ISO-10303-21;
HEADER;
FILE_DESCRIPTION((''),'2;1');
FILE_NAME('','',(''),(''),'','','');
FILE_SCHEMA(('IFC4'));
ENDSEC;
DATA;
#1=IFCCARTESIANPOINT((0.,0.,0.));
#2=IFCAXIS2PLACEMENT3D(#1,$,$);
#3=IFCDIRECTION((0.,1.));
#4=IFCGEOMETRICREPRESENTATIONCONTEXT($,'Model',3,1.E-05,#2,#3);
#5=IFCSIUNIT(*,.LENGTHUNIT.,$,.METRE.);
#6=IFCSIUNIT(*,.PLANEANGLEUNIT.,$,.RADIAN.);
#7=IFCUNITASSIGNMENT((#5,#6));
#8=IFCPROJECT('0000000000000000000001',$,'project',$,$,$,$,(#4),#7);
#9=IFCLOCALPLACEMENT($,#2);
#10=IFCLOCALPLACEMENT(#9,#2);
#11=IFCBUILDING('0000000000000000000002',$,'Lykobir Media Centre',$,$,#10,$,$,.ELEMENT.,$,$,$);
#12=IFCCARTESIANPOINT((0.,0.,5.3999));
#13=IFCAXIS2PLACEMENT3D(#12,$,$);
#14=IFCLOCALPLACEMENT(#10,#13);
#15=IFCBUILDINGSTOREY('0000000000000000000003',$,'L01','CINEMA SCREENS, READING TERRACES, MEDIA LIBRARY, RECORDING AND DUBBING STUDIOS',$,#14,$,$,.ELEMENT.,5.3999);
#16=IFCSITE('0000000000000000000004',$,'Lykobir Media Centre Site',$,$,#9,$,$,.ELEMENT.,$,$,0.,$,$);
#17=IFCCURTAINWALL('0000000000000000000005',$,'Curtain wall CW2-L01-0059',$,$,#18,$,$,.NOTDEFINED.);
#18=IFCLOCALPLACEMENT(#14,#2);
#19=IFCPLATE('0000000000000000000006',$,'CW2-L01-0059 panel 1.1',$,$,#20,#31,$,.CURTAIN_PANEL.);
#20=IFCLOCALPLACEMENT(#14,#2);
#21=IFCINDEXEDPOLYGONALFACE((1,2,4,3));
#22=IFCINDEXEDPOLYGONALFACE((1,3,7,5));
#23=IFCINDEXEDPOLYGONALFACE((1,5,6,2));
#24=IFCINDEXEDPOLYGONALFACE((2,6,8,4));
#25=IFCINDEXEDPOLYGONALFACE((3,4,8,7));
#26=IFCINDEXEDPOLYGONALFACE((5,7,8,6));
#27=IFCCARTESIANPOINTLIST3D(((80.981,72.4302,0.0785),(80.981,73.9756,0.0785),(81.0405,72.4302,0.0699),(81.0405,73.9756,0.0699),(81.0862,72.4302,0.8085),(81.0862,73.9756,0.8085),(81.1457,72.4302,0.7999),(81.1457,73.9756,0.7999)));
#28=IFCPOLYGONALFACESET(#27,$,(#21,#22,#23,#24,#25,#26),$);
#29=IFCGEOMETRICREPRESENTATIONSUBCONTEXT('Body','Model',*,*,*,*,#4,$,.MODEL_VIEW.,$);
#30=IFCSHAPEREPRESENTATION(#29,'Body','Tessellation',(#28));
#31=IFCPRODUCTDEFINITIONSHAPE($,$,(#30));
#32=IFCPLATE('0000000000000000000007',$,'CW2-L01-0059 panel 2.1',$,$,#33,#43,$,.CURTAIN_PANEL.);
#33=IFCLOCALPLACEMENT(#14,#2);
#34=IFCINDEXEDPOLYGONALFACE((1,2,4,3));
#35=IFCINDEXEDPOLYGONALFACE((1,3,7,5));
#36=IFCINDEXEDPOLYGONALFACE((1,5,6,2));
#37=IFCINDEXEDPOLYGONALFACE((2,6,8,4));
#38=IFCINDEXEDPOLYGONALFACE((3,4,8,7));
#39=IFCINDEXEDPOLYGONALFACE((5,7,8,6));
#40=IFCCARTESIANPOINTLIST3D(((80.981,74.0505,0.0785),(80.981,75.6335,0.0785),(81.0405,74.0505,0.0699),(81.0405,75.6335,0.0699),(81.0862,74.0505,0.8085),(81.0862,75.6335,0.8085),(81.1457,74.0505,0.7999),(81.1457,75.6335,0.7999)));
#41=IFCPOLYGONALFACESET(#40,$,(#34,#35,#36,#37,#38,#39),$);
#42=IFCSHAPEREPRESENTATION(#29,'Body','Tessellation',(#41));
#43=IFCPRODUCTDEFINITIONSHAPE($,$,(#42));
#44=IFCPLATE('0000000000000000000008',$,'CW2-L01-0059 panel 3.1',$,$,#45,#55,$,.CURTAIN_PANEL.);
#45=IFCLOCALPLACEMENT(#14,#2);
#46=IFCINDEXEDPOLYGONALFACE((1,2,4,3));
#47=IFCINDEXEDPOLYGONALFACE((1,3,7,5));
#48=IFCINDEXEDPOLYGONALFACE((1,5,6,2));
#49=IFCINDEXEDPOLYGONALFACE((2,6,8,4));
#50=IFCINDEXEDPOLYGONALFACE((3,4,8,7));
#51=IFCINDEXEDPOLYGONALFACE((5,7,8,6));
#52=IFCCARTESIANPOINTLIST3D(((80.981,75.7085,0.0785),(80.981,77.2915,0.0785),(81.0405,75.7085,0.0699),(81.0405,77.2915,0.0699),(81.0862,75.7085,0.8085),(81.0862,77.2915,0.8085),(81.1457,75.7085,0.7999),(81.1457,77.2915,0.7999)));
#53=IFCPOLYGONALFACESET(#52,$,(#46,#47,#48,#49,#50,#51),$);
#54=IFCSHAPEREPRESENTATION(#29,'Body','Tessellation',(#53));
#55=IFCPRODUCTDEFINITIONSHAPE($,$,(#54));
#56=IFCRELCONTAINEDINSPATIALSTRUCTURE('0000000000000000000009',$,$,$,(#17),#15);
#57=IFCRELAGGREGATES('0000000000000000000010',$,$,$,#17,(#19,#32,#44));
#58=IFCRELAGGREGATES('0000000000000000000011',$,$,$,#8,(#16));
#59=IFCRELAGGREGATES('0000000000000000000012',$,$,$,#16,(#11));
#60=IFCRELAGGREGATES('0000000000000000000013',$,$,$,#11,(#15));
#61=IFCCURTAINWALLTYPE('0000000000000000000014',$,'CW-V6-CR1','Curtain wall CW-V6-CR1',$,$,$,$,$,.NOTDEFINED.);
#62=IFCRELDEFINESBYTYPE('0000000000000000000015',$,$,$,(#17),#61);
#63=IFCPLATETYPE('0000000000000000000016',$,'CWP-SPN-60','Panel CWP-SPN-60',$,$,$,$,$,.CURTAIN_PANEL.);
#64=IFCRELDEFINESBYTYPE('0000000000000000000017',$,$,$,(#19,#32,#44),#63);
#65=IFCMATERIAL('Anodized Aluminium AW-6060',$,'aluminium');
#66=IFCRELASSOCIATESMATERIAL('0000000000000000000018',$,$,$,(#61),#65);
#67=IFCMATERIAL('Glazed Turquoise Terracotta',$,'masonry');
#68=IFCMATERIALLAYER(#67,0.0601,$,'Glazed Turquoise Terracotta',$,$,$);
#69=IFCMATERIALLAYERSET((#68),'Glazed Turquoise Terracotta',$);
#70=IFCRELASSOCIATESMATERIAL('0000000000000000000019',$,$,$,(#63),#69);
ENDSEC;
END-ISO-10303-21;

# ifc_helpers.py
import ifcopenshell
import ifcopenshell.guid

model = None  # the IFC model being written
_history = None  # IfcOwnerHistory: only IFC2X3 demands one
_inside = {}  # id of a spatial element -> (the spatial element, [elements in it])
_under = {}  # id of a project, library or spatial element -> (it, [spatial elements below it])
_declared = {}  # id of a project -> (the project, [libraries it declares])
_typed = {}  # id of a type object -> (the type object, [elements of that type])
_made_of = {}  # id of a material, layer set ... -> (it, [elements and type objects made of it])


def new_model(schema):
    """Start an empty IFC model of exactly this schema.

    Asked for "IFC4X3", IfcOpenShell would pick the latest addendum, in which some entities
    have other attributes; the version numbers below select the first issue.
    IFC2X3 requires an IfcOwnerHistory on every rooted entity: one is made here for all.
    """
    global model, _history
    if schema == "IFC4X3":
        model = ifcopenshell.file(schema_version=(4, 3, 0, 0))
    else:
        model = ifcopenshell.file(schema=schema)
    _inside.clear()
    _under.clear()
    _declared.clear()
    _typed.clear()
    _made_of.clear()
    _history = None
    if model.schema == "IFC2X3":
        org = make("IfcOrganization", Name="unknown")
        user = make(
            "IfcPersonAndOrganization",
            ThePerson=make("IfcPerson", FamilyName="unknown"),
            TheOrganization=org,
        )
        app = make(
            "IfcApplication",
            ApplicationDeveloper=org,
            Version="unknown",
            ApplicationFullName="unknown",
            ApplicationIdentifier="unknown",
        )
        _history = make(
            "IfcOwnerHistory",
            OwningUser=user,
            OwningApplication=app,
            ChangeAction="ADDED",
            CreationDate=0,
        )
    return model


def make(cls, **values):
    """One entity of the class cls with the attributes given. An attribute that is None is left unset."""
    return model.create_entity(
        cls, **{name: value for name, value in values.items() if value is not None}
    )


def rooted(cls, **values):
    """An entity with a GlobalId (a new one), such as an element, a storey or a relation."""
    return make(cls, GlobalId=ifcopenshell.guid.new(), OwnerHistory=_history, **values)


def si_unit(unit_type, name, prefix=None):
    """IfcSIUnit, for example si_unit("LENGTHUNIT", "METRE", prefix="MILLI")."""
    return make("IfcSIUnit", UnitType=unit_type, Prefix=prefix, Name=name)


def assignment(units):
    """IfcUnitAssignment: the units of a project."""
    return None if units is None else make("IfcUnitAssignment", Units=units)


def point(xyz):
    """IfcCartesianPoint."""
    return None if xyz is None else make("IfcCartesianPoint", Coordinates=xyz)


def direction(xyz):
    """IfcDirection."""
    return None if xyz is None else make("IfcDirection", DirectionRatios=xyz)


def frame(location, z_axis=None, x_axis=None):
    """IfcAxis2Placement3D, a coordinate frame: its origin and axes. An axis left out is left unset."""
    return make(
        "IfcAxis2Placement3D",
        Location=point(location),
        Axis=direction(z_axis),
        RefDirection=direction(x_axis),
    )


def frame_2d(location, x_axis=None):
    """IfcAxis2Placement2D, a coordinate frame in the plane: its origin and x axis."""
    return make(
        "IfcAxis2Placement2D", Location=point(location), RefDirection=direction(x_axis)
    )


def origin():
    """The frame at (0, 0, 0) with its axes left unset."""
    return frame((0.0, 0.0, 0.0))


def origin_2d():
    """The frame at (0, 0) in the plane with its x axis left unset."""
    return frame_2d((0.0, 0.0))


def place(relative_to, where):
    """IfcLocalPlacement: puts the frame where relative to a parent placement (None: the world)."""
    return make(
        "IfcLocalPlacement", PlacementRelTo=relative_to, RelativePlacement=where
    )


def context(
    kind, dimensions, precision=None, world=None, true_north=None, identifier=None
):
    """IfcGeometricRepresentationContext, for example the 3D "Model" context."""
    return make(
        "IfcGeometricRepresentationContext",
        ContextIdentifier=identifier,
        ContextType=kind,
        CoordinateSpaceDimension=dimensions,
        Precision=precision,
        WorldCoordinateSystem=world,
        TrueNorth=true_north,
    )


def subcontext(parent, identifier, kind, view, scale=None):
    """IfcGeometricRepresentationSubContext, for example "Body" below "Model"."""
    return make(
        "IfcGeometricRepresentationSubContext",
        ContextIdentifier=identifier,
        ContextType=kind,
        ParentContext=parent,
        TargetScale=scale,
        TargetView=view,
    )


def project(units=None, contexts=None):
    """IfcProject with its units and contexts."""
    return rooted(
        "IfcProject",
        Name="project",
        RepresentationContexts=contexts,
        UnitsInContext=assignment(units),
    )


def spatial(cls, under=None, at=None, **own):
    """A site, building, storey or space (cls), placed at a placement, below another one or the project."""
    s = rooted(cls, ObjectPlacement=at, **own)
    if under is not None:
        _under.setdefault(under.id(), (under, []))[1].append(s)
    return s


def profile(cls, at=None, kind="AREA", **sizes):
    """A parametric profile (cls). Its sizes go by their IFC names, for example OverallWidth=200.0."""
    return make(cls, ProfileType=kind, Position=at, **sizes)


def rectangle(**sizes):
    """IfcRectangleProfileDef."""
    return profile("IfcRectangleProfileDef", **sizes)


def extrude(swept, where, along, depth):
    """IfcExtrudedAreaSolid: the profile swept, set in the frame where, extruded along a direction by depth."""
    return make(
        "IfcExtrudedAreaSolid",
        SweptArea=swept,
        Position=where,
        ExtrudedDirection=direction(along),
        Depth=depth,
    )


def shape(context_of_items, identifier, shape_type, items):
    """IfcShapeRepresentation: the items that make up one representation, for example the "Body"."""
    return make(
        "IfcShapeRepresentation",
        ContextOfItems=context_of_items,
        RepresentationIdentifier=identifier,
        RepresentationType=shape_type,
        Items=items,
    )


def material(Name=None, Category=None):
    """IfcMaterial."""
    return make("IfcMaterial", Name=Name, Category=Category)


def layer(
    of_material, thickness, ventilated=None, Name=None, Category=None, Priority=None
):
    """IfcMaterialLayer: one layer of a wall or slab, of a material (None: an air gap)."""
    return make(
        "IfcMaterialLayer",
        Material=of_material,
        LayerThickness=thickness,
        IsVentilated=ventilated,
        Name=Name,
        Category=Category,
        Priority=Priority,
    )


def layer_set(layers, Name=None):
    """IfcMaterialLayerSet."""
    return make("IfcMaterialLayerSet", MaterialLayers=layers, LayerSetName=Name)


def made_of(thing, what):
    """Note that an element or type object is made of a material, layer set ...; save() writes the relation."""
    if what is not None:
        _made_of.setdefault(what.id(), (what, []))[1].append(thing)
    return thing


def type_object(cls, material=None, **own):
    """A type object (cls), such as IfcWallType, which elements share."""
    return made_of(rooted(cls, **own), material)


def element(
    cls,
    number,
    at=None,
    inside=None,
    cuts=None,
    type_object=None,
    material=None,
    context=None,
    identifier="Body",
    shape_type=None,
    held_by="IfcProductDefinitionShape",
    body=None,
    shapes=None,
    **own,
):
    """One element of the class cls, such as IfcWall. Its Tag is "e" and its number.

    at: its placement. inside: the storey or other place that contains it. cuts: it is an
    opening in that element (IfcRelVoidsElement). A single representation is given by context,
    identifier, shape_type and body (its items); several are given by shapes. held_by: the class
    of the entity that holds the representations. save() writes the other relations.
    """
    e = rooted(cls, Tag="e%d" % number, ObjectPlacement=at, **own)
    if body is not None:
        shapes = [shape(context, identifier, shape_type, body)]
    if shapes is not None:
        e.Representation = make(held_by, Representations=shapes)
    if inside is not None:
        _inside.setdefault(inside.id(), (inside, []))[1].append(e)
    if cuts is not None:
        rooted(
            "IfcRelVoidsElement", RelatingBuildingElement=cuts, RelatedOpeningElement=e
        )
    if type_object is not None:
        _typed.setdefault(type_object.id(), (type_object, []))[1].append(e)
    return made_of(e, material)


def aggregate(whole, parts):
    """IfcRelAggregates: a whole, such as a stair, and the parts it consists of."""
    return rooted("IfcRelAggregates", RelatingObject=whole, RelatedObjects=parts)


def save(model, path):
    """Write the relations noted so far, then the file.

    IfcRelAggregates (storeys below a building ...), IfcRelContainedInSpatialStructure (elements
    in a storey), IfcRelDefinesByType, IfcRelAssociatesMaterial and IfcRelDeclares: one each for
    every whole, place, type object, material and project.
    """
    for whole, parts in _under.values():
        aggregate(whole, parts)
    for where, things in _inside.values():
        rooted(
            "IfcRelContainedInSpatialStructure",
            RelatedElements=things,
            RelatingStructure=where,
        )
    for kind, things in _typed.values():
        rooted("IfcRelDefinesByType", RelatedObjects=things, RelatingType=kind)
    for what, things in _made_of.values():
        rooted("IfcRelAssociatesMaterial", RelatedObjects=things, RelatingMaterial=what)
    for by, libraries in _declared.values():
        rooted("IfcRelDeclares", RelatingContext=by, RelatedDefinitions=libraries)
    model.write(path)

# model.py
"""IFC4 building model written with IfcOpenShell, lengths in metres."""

from ifc_helpers import new_model, si_unit, direction, frame, origin, origin_2d, place, context, subcontext, project, spatial, rectangle, extrude, material, layer, layer_set, type_object, element, aggregate, save


model = new_model("IFC4")

# Units and contexts
model_context = context("Model", 3, precision=1e-05, world=origin(), true_north=direction((0.0, 1.0)))
body_context = subcontext(model_context, "Body", "Model", "MODEL_VIEW")
ifc_project = project(units=[si_unit("LENGTHUNIT", "METRE"), si_unit("PLANEANGLEUNIT", "RADIAN")], contexts=[model_context])

# Site, building, storey
site_placement = place(None, origin())
site = spatial("IfcSite", under=ifc_project, at=site_placement, Name="Lykobir Media Centre Site", CompositionType="ELEMENT", RefElevation=0.0)
building_placement = place(site_placement, origin())
building = spatial("IfcBuilding", under=site, at=building_placement, Name="Lykobir Media Centre", CompositionType="ELEMENT")
storey_placement = place(building_placement, frame((0.0, 0.0, 5.3999)))
storey = spatial("IfcBuildingStorey", under=building, at=storey_placement, Name="L01", Description="CINEMA SCREENS, READING TERRACES, MEDIA LIBRARY, RECORDING AND DUBBING STUDIOS", CompositionType="ELEMENT", Elevation=5.3999)

# Curtain wall
ifc_material_1 = material(Name="Anodized Aluminium AW-6060", Category="aluminium")
curtain_wall_type = type_object("IfcCurtainWallType", Name="CW-V6-CR1", Description="Curtain wall CW-V6-CR1", PredefinedType="NOTDEFINED", material=ifc_material_1)
curtain_wall_1_placement = place(storey_placement, origin())
curtain_wall_1 = element("IfcCurtainWall", 1, at=curtain_wall_1_placement, inside=storey, type_object=curtain_wall_type, Name="Curtain wall CW2-L01-0059", PredefinedType="NOTDEFINED")

# Plates
ifc_material_2 = material(Name="Glazed Turquoise Terracotta", Category="masonry")
ifc_layer_1 = layer(ifc_material_2, 0.0601, Name="Glazed Turquoise Terracotta")
ifc_layer_set_1 = layer_set([ifc_layer_1], Name="Glazed Turquoise Terracotta")
plate_type_1 = type_object("IfcPlateType", Name="CWP-SPN-60", Description="Panel CWP-SPN-60", PredefinedType="CURTAIN_PANEL", material=ifc_layer_set_1)
plate_1_placement = place(storey_placement, frame((81.0107, 73.2029, 0.0742), z_axis=(0.142629, 0.0, 0.989776), x_axis=(0.0, 1.0, 0.0)))
plate_1 = element("IfcPlate", 2, at=plate_1_placement, type_object=plate_type_1, Name="CW2-L01-0059 panel 1.1", PredefinedType="CURTAIN_PANEL", context=body_context, shape_type="SweptSolid", body=[
    extrude(rectangle(XDim=1.5454, YDim=0.0601, at=origin_2d()), origin(), (0.0, 0.0, 1.0), 0.7375),
])
plate_2_placement = place(storey_placement, frame((81.0107, 74.842, 0.0742), z_axis=(0.142629, 0.0, 0.989776), x_axis=(0.0, 1.0, 0.0)))
plate_2 = element("IfcPlate", 3, at=plate_2_placement, type_object=plate_type_1, Name="CW2-L01-0059 panel 2.1", PredefinedType="CURTAIN_PANEL", context=body_context, shape_type="SweptSolid", body=[
    extrude(rectangle(XDim=1.583, YDim=0.0601, at=origin_2d()), origin(), (0.0, 0.0, 1.0), 0.7375),
])
plate_3_placement = place(storey_placement, frame((81.0107, 76.5, 0.0742), z_axis=(0.142629, 0.0, 0.989776), x_axis=(0.0, 1.0, 0.0)))
plate_3 = element("IfcPlate", 4, at=plate_3_placement, type_object=plate_type_1, Name="CW2-L01-0059 panel 3.1", PredefinedType="CURTAIN_PANEL", context=body_context, shape_type="SweptSolid", body=[
    extrude(rectangle(XDim=1.583, YDim=0.0601, at=origin_2d()), origin(), (0.0, 0.0, 1.0), 0.7375),
])
aggregate(curtain_wall_1, [plate_1, plate_2, plate_3])

save(model, "model.ifc")
